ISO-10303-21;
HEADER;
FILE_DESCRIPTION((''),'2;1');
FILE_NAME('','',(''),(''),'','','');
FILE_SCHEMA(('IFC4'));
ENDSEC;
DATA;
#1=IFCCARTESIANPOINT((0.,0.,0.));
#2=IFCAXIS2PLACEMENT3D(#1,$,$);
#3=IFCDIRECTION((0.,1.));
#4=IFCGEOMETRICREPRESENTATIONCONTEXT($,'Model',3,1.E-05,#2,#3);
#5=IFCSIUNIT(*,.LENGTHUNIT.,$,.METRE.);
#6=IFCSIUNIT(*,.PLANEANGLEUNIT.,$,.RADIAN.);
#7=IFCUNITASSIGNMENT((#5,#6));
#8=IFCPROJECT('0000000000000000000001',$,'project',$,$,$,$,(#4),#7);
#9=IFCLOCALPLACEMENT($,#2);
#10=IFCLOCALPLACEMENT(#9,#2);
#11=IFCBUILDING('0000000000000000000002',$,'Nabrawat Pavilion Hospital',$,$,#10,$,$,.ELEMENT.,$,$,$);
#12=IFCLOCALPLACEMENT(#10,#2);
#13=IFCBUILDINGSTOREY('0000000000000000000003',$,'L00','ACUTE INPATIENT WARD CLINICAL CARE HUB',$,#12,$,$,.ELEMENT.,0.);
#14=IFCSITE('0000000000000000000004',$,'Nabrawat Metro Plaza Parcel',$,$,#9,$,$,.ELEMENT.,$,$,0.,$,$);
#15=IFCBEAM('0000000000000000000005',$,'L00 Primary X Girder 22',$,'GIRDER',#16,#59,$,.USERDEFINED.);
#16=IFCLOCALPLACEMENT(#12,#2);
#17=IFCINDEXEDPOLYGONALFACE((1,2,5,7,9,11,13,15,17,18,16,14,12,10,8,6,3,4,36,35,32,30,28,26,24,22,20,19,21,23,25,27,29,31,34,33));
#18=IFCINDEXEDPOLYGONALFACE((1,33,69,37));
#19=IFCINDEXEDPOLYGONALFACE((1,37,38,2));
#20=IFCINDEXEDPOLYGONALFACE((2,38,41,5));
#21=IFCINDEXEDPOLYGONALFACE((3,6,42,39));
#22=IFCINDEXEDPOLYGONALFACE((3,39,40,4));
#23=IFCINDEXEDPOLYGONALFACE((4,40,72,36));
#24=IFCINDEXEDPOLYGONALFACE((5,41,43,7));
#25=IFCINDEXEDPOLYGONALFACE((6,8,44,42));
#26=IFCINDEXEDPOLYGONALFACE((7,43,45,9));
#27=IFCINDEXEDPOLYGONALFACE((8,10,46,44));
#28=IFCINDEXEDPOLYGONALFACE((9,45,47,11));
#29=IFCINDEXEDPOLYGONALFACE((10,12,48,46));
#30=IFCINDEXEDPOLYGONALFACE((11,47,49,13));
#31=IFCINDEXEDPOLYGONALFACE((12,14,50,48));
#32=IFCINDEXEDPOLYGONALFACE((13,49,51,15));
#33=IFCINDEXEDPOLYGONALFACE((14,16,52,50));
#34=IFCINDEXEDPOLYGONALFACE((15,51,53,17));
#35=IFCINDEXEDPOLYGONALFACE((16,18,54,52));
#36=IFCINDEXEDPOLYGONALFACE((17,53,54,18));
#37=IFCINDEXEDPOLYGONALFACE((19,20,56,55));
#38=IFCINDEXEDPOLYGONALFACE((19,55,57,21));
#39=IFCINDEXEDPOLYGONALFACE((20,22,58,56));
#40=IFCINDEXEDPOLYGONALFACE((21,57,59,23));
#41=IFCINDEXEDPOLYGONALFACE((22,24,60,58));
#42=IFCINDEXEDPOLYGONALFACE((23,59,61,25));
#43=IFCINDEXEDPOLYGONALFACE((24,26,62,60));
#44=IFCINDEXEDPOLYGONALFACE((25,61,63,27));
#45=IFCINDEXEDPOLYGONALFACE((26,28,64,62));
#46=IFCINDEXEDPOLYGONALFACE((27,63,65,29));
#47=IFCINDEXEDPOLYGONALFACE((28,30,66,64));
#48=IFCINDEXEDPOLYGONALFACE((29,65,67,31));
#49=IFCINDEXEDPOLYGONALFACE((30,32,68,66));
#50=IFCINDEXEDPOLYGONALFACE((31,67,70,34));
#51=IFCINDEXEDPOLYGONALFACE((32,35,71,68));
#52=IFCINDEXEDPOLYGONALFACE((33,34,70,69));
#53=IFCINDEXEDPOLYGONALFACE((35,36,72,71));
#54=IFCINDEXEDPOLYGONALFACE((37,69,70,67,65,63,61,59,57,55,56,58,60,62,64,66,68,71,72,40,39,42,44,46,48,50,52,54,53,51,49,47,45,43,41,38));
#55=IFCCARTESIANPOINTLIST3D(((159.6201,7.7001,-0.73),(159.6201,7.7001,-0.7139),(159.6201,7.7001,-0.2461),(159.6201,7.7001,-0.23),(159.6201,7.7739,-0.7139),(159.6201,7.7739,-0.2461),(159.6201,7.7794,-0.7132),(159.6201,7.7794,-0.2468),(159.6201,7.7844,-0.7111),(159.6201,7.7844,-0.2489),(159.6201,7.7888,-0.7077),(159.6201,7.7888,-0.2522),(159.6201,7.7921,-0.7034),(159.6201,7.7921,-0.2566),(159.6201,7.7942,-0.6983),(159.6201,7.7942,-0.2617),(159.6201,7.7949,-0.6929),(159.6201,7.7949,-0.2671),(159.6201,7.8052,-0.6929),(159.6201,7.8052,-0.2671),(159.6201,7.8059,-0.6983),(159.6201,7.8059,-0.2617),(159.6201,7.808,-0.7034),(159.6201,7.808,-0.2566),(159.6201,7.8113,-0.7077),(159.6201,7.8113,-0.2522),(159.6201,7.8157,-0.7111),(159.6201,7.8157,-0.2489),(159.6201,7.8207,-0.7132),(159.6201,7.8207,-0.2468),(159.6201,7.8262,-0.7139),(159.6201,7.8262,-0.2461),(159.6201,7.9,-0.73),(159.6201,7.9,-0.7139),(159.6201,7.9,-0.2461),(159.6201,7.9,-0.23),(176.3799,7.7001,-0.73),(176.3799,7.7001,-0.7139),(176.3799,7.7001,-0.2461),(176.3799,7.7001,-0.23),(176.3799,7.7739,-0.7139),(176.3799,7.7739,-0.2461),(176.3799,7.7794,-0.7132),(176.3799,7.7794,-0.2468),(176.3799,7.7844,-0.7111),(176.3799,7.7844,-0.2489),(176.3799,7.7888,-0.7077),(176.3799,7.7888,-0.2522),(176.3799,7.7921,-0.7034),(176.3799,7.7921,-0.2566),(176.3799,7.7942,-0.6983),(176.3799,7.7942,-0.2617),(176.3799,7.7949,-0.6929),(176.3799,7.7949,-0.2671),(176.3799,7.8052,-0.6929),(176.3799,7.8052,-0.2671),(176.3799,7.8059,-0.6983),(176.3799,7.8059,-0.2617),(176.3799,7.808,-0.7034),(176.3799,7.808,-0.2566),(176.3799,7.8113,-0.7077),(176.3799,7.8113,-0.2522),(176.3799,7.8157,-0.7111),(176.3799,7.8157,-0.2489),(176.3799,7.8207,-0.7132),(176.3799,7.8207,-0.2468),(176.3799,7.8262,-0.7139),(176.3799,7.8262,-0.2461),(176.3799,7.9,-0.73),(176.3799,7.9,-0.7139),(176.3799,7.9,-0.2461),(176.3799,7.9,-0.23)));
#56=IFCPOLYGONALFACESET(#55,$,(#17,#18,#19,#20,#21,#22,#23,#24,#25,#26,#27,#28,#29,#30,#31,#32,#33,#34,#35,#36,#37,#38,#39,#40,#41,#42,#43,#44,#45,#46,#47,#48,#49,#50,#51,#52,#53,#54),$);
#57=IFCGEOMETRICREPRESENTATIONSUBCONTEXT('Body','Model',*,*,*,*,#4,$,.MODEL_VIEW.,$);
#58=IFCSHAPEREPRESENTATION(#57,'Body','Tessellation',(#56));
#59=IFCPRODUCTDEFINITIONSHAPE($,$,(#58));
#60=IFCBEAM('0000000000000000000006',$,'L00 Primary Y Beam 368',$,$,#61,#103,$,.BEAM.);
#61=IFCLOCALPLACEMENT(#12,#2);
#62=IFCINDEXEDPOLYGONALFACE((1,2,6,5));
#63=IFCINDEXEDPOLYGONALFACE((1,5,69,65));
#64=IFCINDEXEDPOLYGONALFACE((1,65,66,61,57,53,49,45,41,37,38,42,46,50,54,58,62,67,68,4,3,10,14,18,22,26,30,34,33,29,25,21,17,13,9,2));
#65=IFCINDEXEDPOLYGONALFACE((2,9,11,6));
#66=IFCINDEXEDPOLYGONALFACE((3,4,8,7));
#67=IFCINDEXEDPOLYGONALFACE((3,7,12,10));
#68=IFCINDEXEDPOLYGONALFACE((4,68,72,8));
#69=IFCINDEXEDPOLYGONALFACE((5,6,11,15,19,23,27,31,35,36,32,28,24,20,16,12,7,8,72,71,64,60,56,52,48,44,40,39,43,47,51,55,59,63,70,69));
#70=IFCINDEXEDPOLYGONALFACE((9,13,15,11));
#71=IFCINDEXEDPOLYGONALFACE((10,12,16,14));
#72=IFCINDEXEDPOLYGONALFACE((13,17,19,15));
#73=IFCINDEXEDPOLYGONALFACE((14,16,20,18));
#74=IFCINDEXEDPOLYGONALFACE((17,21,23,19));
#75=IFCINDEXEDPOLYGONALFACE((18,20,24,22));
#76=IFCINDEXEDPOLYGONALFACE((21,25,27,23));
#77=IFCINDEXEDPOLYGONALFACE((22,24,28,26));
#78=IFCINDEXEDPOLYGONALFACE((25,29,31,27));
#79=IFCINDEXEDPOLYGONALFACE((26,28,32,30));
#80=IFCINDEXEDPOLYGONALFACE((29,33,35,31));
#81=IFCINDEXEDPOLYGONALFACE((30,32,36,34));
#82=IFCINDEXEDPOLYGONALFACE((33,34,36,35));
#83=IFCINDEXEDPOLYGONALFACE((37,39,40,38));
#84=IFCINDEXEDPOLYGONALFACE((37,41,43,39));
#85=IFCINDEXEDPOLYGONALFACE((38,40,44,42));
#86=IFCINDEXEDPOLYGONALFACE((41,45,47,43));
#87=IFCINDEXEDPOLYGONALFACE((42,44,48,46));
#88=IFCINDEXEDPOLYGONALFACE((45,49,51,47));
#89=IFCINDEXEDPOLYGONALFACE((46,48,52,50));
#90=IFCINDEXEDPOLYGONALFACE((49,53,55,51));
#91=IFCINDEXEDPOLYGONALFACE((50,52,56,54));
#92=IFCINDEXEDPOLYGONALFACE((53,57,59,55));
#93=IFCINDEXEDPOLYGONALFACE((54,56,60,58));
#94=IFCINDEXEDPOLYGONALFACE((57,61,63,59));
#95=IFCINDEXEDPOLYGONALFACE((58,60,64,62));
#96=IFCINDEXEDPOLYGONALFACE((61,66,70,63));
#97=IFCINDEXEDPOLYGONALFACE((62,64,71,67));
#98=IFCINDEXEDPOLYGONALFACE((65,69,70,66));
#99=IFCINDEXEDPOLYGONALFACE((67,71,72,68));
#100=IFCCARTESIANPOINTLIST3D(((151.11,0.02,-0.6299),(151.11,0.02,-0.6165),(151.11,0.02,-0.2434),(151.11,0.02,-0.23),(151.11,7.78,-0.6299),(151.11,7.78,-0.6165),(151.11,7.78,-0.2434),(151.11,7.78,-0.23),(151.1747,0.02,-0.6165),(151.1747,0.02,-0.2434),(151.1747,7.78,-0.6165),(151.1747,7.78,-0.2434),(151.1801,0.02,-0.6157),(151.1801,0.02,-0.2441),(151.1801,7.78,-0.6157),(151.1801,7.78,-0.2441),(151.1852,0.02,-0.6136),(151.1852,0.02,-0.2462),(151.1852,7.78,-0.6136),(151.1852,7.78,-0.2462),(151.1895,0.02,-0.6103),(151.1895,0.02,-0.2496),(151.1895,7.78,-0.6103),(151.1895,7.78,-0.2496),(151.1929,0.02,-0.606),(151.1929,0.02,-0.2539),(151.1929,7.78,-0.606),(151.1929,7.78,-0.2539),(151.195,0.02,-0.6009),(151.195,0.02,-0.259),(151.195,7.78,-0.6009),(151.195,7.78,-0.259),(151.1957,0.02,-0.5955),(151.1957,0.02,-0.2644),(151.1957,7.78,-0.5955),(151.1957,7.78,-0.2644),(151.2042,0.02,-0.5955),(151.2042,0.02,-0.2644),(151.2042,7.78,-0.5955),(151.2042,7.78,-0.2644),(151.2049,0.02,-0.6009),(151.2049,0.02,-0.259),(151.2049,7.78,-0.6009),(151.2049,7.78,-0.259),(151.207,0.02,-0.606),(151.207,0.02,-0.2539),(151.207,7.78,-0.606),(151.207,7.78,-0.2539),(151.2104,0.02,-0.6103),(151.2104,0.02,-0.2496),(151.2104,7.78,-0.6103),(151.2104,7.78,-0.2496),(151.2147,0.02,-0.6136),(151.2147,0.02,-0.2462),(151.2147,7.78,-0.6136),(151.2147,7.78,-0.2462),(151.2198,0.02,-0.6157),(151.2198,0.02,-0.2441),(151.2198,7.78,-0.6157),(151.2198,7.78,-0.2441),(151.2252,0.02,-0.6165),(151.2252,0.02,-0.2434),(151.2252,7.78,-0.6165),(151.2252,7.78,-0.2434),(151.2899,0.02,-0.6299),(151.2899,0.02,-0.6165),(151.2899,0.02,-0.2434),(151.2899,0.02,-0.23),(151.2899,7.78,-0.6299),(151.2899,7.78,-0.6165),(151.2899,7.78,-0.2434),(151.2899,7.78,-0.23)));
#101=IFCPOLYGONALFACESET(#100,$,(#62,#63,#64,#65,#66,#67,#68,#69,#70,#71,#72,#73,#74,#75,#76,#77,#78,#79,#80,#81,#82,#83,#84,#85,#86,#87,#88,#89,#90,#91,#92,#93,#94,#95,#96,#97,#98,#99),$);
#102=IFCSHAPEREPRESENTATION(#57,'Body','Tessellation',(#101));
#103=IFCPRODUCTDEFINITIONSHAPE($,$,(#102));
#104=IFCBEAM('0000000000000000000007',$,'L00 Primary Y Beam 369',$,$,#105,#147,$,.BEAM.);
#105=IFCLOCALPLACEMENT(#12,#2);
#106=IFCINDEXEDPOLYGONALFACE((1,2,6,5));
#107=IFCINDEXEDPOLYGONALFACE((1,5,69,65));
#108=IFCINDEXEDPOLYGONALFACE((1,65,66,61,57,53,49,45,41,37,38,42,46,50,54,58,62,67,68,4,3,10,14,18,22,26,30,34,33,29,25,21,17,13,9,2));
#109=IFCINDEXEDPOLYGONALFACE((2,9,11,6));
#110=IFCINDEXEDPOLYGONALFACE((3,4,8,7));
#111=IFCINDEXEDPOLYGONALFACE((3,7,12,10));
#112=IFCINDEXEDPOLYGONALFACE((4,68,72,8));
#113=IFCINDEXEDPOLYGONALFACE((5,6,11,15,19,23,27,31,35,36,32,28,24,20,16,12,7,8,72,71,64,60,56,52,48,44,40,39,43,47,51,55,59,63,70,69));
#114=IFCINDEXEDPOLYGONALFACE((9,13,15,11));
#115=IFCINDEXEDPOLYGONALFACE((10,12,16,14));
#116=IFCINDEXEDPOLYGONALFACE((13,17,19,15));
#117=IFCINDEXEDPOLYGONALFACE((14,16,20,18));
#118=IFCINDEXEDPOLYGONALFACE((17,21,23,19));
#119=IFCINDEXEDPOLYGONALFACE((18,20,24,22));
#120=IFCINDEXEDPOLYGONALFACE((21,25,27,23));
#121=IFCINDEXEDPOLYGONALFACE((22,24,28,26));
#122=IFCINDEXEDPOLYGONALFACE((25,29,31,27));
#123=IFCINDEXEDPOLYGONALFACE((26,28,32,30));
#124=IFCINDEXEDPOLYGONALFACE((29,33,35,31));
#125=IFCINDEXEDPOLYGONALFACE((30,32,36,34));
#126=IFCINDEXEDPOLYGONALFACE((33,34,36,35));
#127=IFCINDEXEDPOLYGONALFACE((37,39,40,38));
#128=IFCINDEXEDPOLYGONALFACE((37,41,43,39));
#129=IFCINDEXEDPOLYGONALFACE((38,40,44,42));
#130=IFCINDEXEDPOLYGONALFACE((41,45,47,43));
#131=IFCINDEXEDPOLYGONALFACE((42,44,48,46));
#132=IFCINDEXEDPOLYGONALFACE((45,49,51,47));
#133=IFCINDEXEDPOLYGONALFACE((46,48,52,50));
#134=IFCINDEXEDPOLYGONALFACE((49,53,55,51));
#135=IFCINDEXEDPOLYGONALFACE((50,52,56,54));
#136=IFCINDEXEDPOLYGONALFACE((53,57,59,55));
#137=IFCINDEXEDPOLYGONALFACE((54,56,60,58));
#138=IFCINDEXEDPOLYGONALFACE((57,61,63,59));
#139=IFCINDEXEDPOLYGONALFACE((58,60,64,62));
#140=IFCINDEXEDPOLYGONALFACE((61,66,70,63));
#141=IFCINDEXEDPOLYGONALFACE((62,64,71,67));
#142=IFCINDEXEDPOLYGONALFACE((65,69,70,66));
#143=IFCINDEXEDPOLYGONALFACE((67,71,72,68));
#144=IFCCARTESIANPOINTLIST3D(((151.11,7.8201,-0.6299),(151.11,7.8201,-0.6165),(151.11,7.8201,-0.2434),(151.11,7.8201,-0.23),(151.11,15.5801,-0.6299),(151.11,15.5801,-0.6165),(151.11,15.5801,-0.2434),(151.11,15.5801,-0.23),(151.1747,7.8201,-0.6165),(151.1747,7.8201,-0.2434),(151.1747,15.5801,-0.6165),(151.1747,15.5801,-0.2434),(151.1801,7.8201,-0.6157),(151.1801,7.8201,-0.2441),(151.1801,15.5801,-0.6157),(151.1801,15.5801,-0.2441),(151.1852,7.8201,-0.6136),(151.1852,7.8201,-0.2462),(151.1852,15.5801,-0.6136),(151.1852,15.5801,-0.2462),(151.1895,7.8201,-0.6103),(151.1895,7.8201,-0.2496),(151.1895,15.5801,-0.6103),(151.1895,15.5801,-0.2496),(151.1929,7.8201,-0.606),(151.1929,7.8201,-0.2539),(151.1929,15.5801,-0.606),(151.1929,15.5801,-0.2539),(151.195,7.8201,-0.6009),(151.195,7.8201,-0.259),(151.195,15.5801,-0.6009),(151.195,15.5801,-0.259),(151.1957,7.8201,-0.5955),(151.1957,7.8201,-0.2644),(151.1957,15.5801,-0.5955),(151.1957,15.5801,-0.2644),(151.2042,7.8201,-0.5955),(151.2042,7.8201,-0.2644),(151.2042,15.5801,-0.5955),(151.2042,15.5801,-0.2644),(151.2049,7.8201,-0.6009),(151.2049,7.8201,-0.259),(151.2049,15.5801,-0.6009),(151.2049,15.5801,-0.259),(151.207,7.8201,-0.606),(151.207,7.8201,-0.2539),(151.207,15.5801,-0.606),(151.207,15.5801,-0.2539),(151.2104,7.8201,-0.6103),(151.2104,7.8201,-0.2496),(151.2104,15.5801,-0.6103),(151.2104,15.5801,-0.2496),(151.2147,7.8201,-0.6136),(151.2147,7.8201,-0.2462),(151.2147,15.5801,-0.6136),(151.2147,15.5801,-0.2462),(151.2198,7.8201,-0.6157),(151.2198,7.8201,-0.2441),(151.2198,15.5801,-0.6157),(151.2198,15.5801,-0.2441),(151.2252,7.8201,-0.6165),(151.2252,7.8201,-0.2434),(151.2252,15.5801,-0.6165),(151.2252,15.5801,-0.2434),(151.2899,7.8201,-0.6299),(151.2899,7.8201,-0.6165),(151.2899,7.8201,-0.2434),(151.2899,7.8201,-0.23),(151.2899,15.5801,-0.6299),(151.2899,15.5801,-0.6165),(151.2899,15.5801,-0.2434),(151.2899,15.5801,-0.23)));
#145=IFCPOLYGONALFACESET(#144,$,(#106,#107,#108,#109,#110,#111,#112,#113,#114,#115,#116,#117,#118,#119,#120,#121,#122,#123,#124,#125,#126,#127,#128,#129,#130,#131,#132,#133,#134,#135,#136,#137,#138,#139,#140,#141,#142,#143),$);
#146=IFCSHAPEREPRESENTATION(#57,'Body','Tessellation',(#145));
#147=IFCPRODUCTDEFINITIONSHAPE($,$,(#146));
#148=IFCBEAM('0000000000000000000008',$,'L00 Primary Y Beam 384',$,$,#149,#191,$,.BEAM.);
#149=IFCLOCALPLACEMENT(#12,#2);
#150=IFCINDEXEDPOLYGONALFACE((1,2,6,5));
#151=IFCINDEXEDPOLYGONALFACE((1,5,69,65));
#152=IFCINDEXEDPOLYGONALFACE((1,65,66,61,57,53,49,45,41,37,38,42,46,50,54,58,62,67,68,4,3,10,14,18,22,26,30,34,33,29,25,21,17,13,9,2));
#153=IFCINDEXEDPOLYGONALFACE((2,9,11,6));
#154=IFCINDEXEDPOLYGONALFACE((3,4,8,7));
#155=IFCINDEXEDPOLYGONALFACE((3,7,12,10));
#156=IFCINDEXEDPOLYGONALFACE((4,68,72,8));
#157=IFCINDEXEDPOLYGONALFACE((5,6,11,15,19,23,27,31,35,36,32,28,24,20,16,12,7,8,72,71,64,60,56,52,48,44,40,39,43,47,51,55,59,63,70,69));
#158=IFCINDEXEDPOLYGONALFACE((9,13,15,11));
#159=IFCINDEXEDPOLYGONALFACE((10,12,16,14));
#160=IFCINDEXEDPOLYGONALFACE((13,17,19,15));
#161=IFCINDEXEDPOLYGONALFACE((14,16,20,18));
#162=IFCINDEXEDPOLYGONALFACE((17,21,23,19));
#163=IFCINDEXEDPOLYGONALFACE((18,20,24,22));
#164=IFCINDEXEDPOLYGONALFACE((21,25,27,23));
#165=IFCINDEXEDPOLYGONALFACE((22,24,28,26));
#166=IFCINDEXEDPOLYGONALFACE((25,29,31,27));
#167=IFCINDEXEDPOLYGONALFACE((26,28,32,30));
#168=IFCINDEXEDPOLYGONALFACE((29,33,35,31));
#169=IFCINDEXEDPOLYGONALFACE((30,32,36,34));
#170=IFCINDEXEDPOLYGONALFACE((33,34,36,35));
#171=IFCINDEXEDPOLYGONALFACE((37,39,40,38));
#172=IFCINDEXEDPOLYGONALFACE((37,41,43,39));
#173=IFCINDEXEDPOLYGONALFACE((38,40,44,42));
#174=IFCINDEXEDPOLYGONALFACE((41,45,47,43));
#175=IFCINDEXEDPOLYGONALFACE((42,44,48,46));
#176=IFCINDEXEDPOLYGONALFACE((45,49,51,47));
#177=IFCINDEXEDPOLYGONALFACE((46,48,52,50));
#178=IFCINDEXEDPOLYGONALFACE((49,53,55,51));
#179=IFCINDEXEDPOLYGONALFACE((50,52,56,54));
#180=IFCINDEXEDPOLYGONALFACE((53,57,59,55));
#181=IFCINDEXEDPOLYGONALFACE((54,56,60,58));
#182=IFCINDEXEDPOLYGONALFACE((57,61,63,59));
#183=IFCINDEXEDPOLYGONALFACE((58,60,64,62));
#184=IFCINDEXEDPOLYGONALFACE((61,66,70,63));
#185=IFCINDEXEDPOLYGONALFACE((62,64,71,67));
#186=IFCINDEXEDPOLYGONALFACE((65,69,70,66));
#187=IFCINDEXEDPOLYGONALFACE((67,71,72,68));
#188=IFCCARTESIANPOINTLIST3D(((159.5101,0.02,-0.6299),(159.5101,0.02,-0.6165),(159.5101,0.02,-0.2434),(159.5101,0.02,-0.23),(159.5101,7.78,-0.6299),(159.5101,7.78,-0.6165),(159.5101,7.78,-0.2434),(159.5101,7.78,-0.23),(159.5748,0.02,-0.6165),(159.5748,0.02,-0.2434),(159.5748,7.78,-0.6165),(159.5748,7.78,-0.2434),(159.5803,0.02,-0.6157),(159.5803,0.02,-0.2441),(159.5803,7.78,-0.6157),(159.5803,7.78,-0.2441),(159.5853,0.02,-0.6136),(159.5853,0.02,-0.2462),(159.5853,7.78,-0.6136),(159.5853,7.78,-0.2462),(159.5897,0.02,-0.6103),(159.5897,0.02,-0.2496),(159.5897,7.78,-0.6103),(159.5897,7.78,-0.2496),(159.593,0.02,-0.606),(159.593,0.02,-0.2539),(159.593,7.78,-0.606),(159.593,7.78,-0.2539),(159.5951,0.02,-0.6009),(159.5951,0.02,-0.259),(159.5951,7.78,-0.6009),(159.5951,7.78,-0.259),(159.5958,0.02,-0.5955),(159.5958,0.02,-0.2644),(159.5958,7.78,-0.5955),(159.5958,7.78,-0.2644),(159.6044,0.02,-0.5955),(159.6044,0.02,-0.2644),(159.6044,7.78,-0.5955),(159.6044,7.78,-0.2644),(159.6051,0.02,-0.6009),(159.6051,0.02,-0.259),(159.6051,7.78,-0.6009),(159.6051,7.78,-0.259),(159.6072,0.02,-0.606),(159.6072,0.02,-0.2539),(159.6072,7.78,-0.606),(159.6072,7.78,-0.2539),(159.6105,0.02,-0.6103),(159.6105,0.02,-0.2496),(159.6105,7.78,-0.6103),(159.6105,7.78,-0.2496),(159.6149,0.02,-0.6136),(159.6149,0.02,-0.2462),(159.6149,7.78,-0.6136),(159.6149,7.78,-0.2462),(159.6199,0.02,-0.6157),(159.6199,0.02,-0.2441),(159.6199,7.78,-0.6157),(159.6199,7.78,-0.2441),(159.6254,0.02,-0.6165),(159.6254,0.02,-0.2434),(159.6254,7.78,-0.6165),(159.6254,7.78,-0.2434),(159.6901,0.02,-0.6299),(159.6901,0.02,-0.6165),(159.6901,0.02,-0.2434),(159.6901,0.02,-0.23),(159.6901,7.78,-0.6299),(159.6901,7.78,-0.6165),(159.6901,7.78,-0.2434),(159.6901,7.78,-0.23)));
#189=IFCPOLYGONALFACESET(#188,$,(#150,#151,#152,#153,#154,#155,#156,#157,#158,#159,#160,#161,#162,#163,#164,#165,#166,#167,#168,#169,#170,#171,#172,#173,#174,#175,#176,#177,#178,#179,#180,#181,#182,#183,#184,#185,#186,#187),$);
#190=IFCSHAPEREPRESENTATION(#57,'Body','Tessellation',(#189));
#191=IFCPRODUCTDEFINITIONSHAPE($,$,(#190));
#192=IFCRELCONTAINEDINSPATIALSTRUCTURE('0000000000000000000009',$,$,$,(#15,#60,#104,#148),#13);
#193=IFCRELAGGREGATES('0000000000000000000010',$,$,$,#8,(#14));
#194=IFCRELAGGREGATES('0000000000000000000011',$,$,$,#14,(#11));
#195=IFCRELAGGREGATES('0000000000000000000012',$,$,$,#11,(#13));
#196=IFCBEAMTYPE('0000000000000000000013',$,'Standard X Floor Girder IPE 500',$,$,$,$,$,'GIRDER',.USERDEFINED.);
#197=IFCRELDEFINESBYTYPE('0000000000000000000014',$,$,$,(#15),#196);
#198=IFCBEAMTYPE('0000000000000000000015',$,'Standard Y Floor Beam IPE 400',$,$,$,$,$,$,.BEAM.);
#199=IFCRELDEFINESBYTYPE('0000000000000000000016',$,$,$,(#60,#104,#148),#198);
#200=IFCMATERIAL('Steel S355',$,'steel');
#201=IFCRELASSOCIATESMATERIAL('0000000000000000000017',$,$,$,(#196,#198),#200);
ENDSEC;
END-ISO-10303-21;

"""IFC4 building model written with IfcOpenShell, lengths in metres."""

from ifc_helpers import new_model, si_unit, direction, frame, origin, origin_2d, place, context, subcontext, project, spatial, i_section, extrude, material, material_profile, profile_set, type_object, element, save


model = new_model("IFC4")

# Units and contexts
model_context = context("Model", 3, precision=1e-05, world=origin(), true_north=direction((0.0, 1.0)))
body_context = subcontext(model_context, "Body", "Model", "MODEL_VIEW")
ifc_project = project(units=[si_unit("LENGTHUNIT", "METRE"), si_unit("PLANEANGLEUNIT", "RADIAN")], contexts=[model_context])

# Site, building, storey
site_placement = place(None, origin())
site = spatial("IfcSite", under=ifc_project, at=site_placement, Name="Nabrawat Metro Plaza Parcel", CompositionType="ELEMENT", RefElevation=0.0)
building_placement = place(site_placement, origin())
building = spatial("IfcBuilding", under=site, at=building_placement, Name="Nabrawat Pavilion Hospital", CompositionType="ELEMENT")
storey_placement = place(building_placement, origin())
storey = spatial("IfcBuildingStorey", under=building, at=storey_placement, Name="L00", Description="ACUTE INPATIENT WARD CLINICAL CARE HUB", CompositionType="ELEMENT", Elevation=0.0)

# Beams
ifc_material_1 = material(Name="Steel S355", Category="steel")
ifc_material_profile_1 = material_profile(ifc_material_1, i_section(OverallWidth=0.2, OverallDepth=0.5, WebThickness=0.0103, FlangeThickness=0.0161, FilletRadius=0.021, at=origin_2d()), Name="IPE 500")
ifc_profile_set_1 = profile_set([ifc_material_profile_1], Name="Steel S355")
beam_type_1 = type_object("IfcBeamType", Name="Standard X Floor Girder IPE 500", ElementType="GIRDER", PredefinedType="USERDEFINED", material=ifc_profile_set_1)
beam_1_placement = place(storey_placement, frame((159.6201, 7.8, -0.48), z_axis=(1.0, 0.0, 0.0), x_axis=(0.0, 1.0, 0.0)))
element("IfcBeam", 1, at=beam_1_placement, inside=storey, type_object=beam_type_1, Name="L00 Primary X Girder 22", ObjectType="GIRDER", PredefinedType="USERDEFINED", context=body_context, shape_type="SweptSolid", body=[
    extrude(i_section(OverallWidth=0.2, OverallDepth=0.5, WebThickness=0.0103, FlangeThickness=0.0161, FilletRadius=0.021, at=origin_2d()), origin(), (0.0, 0.0, 1.0), 16.7598),
])
ifc_material_profile_2 = material_profile(ifc_material_1, i_section(OverallWidth=0.1799, OverallDepth=0.3999, WebThickness=0.0085, FlangeThickness=0.0134, FilletRadius=0.021, at=origin_2d()), Name="IPE 400")
ifc_profile_set_2 = profile_set([ifc_material_profile_2], Name="Steel S355")
beam_type_2 = type_object("IfcBeamType", Name="Standard Y Floor Beam IPE 400", PredefinedType="BEAM", material=ifc_profile_set_2)
for number, where, z_axis, x_axis, name in (
    (2, (151.2, 0.02, -0.4299), (0.0, 1.0, 0.0), (-1.0, 0.0, 0.0), "L00 Primary Y Beam 368"),
    (3, (151.2, 7.8201, -0.4299), (0.0, 1.0, 0.0), (-1.0, 0.0, 0.0), "L00 Primary Y Beam 369"),
    (4, (159.6001, 0.02, -0.4299), (0.0, 1.0, 0.0), (-1.0, 0.0, 0.0), "L00 Primary Y Beam 384"),
):
    element("IfcBeam", number, at=place(storey_placement, frame(where, z_axis=z_axis, x_axis=x_axis)), inside=storey, type_object=beam_type_2, Name=name, PredefinedType="BEAM", context=body_context, shape_type="SweptSolid", body=[
        extrude(i_section(OverallWidth=0.1799, OverallDepth=0.3999, WebThickness=0.0085, FlangeThickness=0.0134, FilletRadius=0.021, at=origin_2d()), origin(), (0.0, 0.0, 1.0), 7.76),
    ])

save(model, "model.ifc")
